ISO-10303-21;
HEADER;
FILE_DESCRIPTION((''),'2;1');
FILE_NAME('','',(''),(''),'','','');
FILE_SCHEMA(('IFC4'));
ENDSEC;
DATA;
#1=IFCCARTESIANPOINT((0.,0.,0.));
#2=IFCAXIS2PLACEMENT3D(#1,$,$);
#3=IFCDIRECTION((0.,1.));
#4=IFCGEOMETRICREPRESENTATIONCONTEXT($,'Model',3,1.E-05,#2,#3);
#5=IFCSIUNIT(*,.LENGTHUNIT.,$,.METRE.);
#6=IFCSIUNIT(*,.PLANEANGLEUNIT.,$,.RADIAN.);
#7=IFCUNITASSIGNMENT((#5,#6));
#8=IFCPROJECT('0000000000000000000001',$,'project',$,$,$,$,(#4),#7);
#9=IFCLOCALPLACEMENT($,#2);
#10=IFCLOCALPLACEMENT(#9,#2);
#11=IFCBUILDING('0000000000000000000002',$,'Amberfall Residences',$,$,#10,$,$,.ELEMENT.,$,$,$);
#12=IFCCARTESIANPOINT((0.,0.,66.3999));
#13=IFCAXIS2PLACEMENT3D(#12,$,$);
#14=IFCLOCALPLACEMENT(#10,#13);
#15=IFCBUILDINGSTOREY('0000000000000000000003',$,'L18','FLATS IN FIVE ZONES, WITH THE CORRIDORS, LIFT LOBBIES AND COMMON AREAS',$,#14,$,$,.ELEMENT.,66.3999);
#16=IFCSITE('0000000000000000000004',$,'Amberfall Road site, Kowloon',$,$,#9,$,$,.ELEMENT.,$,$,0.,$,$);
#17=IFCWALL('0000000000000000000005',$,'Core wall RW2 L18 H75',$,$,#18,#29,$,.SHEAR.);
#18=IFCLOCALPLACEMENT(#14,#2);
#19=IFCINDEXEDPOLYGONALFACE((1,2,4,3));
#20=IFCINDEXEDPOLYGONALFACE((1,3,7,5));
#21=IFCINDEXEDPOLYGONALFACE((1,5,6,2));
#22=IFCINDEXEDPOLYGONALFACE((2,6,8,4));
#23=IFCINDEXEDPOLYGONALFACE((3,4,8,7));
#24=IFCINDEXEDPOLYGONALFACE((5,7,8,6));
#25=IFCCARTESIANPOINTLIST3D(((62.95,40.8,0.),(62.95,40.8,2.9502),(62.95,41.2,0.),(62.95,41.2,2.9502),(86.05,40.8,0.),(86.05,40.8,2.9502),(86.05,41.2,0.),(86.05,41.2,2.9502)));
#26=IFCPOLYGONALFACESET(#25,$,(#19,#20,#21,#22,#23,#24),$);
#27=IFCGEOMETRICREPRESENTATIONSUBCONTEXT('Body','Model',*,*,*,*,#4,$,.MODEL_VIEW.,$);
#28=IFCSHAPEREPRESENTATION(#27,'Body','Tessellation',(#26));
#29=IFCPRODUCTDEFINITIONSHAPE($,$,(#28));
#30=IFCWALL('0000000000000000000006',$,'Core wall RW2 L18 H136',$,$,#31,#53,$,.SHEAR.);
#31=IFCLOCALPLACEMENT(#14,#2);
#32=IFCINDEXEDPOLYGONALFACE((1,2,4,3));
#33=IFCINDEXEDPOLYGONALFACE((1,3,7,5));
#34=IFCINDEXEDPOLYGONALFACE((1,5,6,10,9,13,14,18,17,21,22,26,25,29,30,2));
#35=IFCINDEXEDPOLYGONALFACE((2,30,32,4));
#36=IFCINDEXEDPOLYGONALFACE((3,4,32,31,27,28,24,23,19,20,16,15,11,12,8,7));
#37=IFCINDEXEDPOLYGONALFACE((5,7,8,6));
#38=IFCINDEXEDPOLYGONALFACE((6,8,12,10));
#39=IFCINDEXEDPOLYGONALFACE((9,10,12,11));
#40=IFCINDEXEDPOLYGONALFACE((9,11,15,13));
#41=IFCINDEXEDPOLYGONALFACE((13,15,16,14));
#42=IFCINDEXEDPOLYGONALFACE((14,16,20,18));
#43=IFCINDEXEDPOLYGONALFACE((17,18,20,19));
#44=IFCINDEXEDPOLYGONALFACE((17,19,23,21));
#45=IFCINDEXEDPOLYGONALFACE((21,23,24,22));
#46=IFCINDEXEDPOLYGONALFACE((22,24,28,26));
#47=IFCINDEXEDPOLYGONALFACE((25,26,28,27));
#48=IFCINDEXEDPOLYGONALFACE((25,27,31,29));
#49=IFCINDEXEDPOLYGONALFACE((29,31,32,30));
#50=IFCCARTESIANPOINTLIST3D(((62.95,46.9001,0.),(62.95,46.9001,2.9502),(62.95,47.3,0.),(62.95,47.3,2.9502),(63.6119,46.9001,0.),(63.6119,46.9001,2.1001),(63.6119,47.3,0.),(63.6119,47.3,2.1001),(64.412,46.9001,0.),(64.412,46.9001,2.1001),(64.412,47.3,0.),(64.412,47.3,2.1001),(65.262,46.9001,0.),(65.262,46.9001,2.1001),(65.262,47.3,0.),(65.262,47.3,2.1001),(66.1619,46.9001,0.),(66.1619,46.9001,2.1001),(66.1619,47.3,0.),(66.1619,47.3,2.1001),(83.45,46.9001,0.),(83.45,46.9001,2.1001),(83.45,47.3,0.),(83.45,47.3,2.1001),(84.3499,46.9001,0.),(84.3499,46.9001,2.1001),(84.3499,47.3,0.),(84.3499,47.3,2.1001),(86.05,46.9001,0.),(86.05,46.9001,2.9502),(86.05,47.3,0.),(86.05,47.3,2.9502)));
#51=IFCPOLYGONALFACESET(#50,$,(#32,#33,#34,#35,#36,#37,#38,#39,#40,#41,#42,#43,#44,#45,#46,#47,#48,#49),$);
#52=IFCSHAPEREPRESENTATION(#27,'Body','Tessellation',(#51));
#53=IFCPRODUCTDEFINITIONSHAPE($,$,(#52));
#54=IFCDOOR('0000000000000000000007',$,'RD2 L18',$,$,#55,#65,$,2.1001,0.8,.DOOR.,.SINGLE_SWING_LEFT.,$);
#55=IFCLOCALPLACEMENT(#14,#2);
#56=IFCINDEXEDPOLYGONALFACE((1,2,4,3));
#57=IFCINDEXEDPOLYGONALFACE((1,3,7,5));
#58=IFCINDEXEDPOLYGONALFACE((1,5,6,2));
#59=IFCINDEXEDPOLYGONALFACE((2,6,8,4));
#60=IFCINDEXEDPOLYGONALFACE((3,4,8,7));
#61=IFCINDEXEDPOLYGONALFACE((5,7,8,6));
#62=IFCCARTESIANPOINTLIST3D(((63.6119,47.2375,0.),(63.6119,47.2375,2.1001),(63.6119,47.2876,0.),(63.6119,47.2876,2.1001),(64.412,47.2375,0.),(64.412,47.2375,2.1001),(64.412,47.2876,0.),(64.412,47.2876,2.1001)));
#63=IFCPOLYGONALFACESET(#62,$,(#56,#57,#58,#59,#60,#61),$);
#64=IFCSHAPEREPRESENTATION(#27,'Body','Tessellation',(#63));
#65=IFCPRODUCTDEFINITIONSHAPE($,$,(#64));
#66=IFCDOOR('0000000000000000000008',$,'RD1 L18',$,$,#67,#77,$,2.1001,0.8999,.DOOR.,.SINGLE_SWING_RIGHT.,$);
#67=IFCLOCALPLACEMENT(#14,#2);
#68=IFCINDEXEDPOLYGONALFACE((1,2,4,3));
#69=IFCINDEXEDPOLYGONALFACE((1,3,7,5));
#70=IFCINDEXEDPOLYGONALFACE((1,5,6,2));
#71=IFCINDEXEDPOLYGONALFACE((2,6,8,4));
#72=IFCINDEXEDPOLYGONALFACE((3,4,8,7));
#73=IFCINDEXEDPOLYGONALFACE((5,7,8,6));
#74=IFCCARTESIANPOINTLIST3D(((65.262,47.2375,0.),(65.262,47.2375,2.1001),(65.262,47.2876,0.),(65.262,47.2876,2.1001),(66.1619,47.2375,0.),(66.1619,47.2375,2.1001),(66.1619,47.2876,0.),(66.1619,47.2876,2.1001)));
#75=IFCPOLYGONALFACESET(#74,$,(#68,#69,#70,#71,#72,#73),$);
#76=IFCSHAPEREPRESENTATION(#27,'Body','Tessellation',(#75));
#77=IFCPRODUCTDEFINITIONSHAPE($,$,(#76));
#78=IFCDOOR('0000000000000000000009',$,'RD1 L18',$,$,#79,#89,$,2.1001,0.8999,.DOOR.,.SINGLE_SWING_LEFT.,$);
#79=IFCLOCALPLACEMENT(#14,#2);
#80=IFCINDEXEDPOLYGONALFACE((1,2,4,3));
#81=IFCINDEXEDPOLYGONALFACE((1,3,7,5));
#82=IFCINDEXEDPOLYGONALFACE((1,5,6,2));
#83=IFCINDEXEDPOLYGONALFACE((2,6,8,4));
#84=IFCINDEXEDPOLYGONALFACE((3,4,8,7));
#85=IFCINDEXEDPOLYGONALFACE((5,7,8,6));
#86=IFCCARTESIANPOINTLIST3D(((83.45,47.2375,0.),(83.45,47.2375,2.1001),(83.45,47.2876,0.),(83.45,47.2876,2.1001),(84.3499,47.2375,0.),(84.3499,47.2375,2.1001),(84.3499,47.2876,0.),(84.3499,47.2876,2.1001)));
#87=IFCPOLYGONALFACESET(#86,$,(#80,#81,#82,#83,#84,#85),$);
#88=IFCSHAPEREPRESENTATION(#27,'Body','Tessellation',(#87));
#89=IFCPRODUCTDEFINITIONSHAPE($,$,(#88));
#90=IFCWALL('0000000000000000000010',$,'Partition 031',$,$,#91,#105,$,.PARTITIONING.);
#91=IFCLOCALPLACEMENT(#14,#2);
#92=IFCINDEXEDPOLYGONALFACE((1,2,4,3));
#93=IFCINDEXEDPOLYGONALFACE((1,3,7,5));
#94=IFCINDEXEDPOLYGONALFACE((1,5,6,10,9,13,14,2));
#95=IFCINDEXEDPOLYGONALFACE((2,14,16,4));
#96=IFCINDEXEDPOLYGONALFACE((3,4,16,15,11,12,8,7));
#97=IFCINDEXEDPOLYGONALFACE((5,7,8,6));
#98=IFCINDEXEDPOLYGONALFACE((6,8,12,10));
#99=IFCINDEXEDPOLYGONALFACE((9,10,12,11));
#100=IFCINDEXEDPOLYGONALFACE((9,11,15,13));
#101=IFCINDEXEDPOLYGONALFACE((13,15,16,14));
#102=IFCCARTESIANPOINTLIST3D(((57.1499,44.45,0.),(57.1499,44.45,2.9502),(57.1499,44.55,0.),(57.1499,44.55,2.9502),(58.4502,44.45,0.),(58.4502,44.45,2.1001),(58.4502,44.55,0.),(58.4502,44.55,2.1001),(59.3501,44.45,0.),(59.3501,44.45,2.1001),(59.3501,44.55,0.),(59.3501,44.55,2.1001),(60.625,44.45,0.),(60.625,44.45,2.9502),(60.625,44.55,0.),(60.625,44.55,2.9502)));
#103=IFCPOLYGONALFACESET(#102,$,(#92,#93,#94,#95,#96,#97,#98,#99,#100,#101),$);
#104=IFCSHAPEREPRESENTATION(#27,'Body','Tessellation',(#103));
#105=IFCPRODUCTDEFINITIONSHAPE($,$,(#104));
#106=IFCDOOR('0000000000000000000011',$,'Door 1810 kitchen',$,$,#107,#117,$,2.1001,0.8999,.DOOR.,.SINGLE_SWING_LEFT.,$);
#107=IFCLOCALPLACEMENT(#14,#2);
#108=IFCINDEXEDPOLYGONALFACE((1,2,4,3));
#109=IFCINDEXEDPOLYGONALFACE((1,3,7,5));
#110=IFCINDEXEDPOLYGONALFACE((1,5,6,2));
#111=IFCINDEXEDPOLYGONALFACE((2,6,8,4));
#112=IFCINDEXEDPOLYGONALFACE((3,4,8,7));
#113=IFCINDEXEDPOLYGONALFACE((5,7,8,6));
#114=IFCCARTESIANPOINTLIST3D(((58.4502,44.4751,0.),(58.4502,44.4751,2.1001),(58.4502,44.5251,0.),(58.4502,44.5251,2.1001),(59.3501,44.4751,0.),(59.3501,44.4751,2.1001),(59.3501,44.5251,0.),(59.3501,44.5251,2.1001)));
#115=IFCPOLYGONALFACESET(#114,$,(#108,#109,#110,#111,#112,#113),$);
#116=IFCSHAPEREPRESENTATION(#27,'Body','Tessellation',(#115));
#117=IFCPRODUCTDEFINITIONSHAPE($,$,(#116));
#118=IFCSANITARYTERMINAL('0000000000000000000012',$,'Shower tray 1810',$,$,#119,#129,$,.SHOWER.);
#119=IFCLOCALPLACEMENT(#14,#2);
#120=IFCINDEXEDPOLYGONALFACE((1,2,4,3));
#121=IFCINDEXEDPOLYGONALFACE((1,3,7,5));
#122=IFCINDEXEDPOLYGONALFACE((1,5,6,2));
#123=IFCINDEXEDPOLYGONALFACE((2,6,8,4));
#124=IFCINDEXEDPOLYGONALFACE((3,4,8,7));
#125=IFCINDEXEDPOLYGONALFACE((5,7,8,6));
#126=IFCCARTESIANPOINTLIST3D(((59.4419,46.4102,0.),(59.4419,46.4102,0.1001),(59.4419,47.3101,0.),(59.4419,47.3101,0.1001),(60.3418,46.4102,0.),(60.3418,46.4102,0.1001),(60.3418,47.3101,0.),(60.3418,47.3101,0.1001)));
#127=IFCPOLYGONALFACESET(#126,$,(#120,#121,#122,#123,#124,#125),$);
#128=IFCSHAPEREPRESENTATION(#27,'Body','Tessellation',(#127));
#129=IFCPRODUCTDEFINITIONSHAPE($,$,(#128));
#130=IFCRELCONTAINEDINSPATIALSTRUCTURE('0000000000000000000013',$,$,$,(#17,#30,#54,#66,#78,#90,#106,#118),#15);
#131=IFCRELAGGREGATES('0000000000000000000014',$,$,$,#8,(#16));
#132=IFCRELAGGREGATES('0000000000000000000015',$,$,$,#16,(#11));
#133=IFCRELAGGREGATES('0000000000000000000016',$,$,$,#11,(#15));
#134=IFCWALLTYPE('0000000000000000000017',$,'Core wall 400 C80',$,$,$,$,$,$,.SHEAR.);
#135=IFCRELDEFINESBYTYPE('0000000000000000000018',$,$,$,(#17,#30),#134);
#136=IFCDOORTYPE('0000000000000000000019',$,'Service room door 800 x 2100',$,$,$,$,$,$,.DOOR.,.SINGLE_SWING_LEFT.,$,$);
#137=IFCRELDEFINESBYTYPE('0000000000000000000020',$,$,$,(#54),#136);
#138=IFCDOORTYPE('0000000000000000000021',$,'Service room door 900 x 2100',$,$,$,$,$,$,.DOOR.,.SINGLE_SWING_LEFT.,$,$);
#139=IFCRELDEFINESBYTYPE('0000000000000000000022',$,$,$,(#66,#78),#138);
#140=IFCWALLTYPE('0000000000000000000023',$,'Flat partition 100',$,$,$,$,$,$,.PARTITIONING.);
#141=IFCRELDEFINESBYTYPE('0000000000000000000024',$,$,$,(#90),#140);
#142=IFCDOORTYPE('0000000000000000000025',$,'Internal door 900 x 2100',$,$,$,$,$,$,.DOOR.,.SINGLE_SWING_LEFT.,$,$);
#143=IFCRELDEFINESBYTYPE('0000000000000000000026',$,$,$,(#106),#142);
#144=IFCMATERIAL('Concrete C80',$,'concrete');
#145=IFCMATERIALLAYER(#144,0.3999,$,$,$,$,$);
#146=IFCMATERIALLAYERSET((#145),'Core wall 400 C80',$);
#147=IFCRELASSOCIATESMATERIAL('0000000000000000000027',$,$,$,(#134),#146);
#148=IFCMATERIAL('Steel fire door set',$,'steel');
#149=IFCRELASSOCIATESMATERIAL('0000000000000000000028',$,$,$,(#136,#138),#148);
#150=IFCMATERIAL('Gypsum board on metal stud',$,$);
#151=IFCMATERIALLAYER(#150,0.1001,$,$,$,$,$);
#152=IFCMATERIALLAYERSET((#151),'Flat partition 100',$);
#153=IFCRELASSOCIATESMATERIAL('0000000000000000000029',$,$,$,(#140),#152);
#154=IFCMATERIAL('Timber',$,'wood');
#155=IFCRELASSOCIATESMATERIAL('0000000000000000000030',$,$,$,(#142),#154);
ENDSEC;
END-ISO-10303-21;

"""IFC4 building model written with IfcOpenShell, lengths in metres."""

from ifc_helpers import new_model, si_unit, direction, frame, frame_2d, origin, origin_2d, place, context, subcontext, project, spatial, rectangle, extrude, material, layer, layer_set, type_object, element, fill, save


model = new_model("IFC4")

# Units and contexts
model_context = context("Model", 3, precision=1e-05, world=origin(), true_north=direction((0.0, 1.0)))
body_context = subcontext(model_context, "Body", "Model", "MODEL_VIEW")
ifc_project = project(units=[si_unit("LENGTHUNIT", "METRE"), si_unit("PLANEANGLEUNIT", "RADIAN")], contexts=[model_context])

# Site, building, storey
site_placement = place(None, origin())
site = spatial("IfcSite", under=ifc_project, at=site_placement, Name="Amberfall Road site, Kowloon", CompositionType="ELEMENT", RefElevation=0.0)
building_placement = place(site_placement, origin())
building = spatial("IfcBuilding", under=site, at=building_placement, Name="Amberfall Residences", CompositionType="ELEMENT")
storey_placement = place(building_placement, frame((0.0, 0.0, 66.3999)))
storey = spatial("IfcBuildingStorey", under=building, at=storey_placement, Name="L18", Description="FLATS IN FIVE ZONES, WITH THE CORRIDORS, LIFT LOBBIES AND COMMON AREAS", CompositionType="ELEMENT", Elevation=66.3999)

# Wall
ifc_material_1 = material(Name="Concrete C80", Category="concrete")
ifc_layer_1 = layer(ifc_material_1, 0.3999)
ifc_layer_set_1 = layer_set([ifc_layer_1], Name="Core wall 400 C80")
wall_type_1 = type_object("IfcWallType", Name="Core wall 400 C80", PredefinedType="SHEAR", material=ifc_layer_set_1)
wall_1_placement = place(storey_placement, frame((62.95, 41.0, 0.0), z_axis=(0.0, 0.0, 1.0), x_axis=(1.0, 0.0, 0.0)))
element("IfcWall", 1, at=wall_1_placement, inside=storey, type_object=wall_type_1, Name="Core wall RW2 L18 H75", PredefinedType="SHEAR", context=body_context, shape_type="SweptSolid", body=[
    extrude(rectangle(XDim=23.1001, YDim=0.3999, at=frame_2d((11.55, 0.0))), origin(), (0.0, 0.0, 1.0), 2.9502),
])

# Wall, openings, doors
ifc_material_2 = material(Name="Steel fire door set", Category="steel")
door_type_1 = type_object("IfcDoorType", Name="Service room door 800 x 2100", OperationType="SINGLE_SWING_LEFT", PredefinedType="DOOR", material=ifc_material_2)
door_type_2 = type_object("IfcDoorType", Name="Service room door 900 x 2100", OperationType="SINGLE_SWING_LEFT", PredefinedType="DOOR", material=ifc_material_2)
wall_2_placement = place(storey_placement, frame((62.95, 47.1001, 0.0), z_axis=(0.0, 0.0, 1.0), x_axis=(1.0, 0.0, 0.0)))
wall_2 = element("IfcWall", 2, at=wall_2_placement, inside=storey, type_object=wall_type_1, Name="Core wall RW2 L18 H136", PredefinedType="SHEAR", context=body_context, shape_type="SweptSolid", body=[
    extrude(rectangle(XDim=23.1001, YDim=0.3999, at=frame_2d((11.55, 0.0))), origin(), (0.0, 0.0, 1.0), 2.9502),
])
opening_1_placement = place(wall_2_placement, frame((0.6621, 0.0, 0.0)))
opening_1 = element("IfcOpeningElement", 3, at=opening_1_placement, cuts=wall_2, PredefinedType="OPENING", context=body_context, shape_type="SweptSolid", body=[
    extrude(rectangle(XDim=0.8, YDim=2.1001, at=frame_2d((0.3999, 1.05))), frame((0.0, 0.21, 0.0), z_axis=(0.0, -1.0, 0.0), x_axis=(1.0, 0.0, 0.0)), (0.0, 0.0, 1.0), 0.4199),
])
opening_2_placement = place(wall_2_placement, frame((2.312, 0.0, 0.0)))
opening_2 = element("IfcOpeningElement", 4, at=opening_2_placement, cuts=wall_2, PredefinedType="OPENING", context=body_context, shape_type="SweptSolid", body=[
    extrude(rectangle(XDim=0.8999, YDim=2.1001, at=frame_2d((0.45, 1.05))), frame((0.0, 0.21, 0.0), z_axis=(0.0, -1.0, 0.0), x_axis=(1.0, 0.0, 0.0)), (0.0, 0.0, 1.0), 0.4199),
])
opening_3_placement = place(wall_2_placement, frame((20.5, 0.0, 0.0)))
opening_3 = element("IfcOpeningElement", 5, at=opening_3_placement, cuts=wall_2, PredefinedType="OPENING", context=body_context, shape_type="SweptSolid", body=[
    extrude(rectangle(XDim=0.8999, YDim=2.1001, at=frame_2d((0.45, 1.05))), frame((0.0, 0.21, 0.0), z_axis=(0.0, -1.0, 0.0), x_axis=(1.0, 0.0, 0.0)), (0.0, 0.0, 1.0), 0.4199),
])
door_1_placement = place(opening_1_placement, origin())
door_1 = element("IfcDoor", 6, at=door_1_placement, inside=storey, type_object=door_type_1, Name="RD2 L18", OperationType="SINGLE_SWING_LEFT", OverallHeight=2.1001, OverallWidth=0.8, PredefinedType="DOOR", context=body_context, shape_type="SweptSolid", body=[
    extrude(rectangle(XDim=0.8, YDim=2.1001, at=frame_2d((0.3999, 1.05))), frame((0.0, 0.1875, 0.0), z_axis=(0.0, -1.0, 0.0), x_axis=(1.0, 0.0, 0.0)), (0.0, 0.0, 1.0), 0.05),
])
fill(opening_1, door_1)
door_2_placement = place(opening_2_placement, origin())
door_2 = element("IfcDoor", 7, at=door_2_placement, inside=storey, type_object=door_type_2, Name="RD1 L18", OperationType="SINGLE_SWING_RIGHT", OverallHeight=2.1001, OverallWidth=0.8999, PredefinedType="DOOR", context=body_context, shape_type="SweptSolid", body=[
    extrude(rectangle(XDim=0.8999, YDim=2.1001, at=frame_2d((0.45, 1.05))), frame((0.0, 0.1875, 0.0), z_axis=(0.0, -1.0, 0.0), x_axis=(1.0, 0.0, 0.0)), (0.0, 0.0, 1.0), 0.05),
])
fill(opening_2, door_2)
door_3_placement = place(opening_3_placement, origin())
door_3 = element("IfcDoor", 8, at=door_3_placement, inside=storey, type_object=door_type_2, Name="RD1 L18", OperationType="SINGLE_SWING_LEFT", OverallHeight=2.1001, OverallWidth=0.8999, PredefinedType="DOOR", context=body_context, shape_type="SweptSolid", body=[
    extrude(rectangle(XDim=0.8999, YDim=2.1001, at=frame_2d((0.45, 1.05))), frame((0.0, 0.1875, 0.0), z_axis=(0.0, -1.0, 0.0), x_axis=(1.0, 0.0, 0.0)), (0.0, 0.0, 1.0), 0.05),
])
fill(opening_3, door_3)

# Wall, opening, door
ifc_material_3 = material(Name="Gypsum board on metal stud")
ifc_layer_2 = layer(ifc_material_3, 0.1001)
ifc_layer_set_2 = layer_set([ifc_layer_2], Name="Flat partition 100")
wall_type_2 = type_object("IfcWallType", Name="Flat partition 100", PredefinedType="PARTITIONING", material=ifc_layer_set_2)
wall_3_placement = place(storey_placement, frame((60.625, 44.5, 0.0), z_axis=(0.0, 0.0, 1.0), x_axis=(-1.0, 0.0, 0.0)))
wall_3 = element("IfcWall", 9, at=wall_3_placement, inside=storey, type_object=wall_type_2, Name="Partition 031", PredefinedType="PARTITIONING", context=body_context, shape_type="SweptSolid", body=[
    extrude(rectangle(XDim=3.4751, YDim=0.1001, at=frame_2d((1.7375, 0.0))), origin(), (0.0, 0.0, 1.0), 2.9502),
])
opening_4_placement = place(wall_3_placement, frame((1.2749, 0.0, 0.0)))
opening_4 = element("IfcOpeningElement", 10, at=opening_4_placement, cuts=wall_3, PredefinedType="OPENING", context=body_context, shape_type="SweptSolid", body=[
    extrude(rectangle(XDim=0.8999, YDim=2.1001, at=frame_2d((0.45, 1.05))), frame((0.0, 0.0601, 0.0), z_axis=(0.0, -1.0, 0.0), x_axis=(1.0, 0.0, 0.0)), (0.0, 0.0, 1.0), 0.1201),
])
ifc_material_4 = material(Name="Timber", Category="wood")
door_type_3 = type_object("IfcDoorType", Name="Internal door 900 x 2100", OperationType="SINGLE_SWING_LEFT", PredefinedType="DOOR", material=ifc_material_4)
door_4_placement = place(opening_4_placement, origin())
door_4 = element("IfcDoor", 11, at=door_4_placement, inside=storey, type_object=door_type_3, Name="Door 1810 kitchen", OperationType="SINGLE_SWING_LEFT", OverallHeight=2.1001, OverallWidth=0.8999, PredefinedType="DOOR", context=body_context, shape_type="SweptSolid", body=[
    extrude(rectangle(XDim=0.8999, YDim=2.1001, at=frame_2d((0.45, 1.05))), frame((0.0, 0.0249, 0.0), z_axis=(0.0, -1.0, 0.0), x_axis=(1.0, 0.0, 0.0)), (0.0, 0.0, 1.0), 0.05),
])
fill(opening_4, door_4)

# Sanitary terminal
sanitary_terminal_placement = place(storey_placement, frame((59.8918, 46.8601, 0.0), z_axis=(0.0, 0.0, 1.0), x_axis=(1.0, 0.0, 0.0)))
element("IfcSanitaryTerminal", 12, at=sanitary_terminal_placement, inside=storey, Name="Shower tray 1810", PredefinedType="SHOWER", context=body_context, shape_type="SweptSolid", body=[
    extrude(rectangle(XDim=0.8999, YDim=0.8999, at=origin_2d()), origin(), (0.0, 0.0, 1.0), 0.1001),
])

save(model, "model.ifc")
